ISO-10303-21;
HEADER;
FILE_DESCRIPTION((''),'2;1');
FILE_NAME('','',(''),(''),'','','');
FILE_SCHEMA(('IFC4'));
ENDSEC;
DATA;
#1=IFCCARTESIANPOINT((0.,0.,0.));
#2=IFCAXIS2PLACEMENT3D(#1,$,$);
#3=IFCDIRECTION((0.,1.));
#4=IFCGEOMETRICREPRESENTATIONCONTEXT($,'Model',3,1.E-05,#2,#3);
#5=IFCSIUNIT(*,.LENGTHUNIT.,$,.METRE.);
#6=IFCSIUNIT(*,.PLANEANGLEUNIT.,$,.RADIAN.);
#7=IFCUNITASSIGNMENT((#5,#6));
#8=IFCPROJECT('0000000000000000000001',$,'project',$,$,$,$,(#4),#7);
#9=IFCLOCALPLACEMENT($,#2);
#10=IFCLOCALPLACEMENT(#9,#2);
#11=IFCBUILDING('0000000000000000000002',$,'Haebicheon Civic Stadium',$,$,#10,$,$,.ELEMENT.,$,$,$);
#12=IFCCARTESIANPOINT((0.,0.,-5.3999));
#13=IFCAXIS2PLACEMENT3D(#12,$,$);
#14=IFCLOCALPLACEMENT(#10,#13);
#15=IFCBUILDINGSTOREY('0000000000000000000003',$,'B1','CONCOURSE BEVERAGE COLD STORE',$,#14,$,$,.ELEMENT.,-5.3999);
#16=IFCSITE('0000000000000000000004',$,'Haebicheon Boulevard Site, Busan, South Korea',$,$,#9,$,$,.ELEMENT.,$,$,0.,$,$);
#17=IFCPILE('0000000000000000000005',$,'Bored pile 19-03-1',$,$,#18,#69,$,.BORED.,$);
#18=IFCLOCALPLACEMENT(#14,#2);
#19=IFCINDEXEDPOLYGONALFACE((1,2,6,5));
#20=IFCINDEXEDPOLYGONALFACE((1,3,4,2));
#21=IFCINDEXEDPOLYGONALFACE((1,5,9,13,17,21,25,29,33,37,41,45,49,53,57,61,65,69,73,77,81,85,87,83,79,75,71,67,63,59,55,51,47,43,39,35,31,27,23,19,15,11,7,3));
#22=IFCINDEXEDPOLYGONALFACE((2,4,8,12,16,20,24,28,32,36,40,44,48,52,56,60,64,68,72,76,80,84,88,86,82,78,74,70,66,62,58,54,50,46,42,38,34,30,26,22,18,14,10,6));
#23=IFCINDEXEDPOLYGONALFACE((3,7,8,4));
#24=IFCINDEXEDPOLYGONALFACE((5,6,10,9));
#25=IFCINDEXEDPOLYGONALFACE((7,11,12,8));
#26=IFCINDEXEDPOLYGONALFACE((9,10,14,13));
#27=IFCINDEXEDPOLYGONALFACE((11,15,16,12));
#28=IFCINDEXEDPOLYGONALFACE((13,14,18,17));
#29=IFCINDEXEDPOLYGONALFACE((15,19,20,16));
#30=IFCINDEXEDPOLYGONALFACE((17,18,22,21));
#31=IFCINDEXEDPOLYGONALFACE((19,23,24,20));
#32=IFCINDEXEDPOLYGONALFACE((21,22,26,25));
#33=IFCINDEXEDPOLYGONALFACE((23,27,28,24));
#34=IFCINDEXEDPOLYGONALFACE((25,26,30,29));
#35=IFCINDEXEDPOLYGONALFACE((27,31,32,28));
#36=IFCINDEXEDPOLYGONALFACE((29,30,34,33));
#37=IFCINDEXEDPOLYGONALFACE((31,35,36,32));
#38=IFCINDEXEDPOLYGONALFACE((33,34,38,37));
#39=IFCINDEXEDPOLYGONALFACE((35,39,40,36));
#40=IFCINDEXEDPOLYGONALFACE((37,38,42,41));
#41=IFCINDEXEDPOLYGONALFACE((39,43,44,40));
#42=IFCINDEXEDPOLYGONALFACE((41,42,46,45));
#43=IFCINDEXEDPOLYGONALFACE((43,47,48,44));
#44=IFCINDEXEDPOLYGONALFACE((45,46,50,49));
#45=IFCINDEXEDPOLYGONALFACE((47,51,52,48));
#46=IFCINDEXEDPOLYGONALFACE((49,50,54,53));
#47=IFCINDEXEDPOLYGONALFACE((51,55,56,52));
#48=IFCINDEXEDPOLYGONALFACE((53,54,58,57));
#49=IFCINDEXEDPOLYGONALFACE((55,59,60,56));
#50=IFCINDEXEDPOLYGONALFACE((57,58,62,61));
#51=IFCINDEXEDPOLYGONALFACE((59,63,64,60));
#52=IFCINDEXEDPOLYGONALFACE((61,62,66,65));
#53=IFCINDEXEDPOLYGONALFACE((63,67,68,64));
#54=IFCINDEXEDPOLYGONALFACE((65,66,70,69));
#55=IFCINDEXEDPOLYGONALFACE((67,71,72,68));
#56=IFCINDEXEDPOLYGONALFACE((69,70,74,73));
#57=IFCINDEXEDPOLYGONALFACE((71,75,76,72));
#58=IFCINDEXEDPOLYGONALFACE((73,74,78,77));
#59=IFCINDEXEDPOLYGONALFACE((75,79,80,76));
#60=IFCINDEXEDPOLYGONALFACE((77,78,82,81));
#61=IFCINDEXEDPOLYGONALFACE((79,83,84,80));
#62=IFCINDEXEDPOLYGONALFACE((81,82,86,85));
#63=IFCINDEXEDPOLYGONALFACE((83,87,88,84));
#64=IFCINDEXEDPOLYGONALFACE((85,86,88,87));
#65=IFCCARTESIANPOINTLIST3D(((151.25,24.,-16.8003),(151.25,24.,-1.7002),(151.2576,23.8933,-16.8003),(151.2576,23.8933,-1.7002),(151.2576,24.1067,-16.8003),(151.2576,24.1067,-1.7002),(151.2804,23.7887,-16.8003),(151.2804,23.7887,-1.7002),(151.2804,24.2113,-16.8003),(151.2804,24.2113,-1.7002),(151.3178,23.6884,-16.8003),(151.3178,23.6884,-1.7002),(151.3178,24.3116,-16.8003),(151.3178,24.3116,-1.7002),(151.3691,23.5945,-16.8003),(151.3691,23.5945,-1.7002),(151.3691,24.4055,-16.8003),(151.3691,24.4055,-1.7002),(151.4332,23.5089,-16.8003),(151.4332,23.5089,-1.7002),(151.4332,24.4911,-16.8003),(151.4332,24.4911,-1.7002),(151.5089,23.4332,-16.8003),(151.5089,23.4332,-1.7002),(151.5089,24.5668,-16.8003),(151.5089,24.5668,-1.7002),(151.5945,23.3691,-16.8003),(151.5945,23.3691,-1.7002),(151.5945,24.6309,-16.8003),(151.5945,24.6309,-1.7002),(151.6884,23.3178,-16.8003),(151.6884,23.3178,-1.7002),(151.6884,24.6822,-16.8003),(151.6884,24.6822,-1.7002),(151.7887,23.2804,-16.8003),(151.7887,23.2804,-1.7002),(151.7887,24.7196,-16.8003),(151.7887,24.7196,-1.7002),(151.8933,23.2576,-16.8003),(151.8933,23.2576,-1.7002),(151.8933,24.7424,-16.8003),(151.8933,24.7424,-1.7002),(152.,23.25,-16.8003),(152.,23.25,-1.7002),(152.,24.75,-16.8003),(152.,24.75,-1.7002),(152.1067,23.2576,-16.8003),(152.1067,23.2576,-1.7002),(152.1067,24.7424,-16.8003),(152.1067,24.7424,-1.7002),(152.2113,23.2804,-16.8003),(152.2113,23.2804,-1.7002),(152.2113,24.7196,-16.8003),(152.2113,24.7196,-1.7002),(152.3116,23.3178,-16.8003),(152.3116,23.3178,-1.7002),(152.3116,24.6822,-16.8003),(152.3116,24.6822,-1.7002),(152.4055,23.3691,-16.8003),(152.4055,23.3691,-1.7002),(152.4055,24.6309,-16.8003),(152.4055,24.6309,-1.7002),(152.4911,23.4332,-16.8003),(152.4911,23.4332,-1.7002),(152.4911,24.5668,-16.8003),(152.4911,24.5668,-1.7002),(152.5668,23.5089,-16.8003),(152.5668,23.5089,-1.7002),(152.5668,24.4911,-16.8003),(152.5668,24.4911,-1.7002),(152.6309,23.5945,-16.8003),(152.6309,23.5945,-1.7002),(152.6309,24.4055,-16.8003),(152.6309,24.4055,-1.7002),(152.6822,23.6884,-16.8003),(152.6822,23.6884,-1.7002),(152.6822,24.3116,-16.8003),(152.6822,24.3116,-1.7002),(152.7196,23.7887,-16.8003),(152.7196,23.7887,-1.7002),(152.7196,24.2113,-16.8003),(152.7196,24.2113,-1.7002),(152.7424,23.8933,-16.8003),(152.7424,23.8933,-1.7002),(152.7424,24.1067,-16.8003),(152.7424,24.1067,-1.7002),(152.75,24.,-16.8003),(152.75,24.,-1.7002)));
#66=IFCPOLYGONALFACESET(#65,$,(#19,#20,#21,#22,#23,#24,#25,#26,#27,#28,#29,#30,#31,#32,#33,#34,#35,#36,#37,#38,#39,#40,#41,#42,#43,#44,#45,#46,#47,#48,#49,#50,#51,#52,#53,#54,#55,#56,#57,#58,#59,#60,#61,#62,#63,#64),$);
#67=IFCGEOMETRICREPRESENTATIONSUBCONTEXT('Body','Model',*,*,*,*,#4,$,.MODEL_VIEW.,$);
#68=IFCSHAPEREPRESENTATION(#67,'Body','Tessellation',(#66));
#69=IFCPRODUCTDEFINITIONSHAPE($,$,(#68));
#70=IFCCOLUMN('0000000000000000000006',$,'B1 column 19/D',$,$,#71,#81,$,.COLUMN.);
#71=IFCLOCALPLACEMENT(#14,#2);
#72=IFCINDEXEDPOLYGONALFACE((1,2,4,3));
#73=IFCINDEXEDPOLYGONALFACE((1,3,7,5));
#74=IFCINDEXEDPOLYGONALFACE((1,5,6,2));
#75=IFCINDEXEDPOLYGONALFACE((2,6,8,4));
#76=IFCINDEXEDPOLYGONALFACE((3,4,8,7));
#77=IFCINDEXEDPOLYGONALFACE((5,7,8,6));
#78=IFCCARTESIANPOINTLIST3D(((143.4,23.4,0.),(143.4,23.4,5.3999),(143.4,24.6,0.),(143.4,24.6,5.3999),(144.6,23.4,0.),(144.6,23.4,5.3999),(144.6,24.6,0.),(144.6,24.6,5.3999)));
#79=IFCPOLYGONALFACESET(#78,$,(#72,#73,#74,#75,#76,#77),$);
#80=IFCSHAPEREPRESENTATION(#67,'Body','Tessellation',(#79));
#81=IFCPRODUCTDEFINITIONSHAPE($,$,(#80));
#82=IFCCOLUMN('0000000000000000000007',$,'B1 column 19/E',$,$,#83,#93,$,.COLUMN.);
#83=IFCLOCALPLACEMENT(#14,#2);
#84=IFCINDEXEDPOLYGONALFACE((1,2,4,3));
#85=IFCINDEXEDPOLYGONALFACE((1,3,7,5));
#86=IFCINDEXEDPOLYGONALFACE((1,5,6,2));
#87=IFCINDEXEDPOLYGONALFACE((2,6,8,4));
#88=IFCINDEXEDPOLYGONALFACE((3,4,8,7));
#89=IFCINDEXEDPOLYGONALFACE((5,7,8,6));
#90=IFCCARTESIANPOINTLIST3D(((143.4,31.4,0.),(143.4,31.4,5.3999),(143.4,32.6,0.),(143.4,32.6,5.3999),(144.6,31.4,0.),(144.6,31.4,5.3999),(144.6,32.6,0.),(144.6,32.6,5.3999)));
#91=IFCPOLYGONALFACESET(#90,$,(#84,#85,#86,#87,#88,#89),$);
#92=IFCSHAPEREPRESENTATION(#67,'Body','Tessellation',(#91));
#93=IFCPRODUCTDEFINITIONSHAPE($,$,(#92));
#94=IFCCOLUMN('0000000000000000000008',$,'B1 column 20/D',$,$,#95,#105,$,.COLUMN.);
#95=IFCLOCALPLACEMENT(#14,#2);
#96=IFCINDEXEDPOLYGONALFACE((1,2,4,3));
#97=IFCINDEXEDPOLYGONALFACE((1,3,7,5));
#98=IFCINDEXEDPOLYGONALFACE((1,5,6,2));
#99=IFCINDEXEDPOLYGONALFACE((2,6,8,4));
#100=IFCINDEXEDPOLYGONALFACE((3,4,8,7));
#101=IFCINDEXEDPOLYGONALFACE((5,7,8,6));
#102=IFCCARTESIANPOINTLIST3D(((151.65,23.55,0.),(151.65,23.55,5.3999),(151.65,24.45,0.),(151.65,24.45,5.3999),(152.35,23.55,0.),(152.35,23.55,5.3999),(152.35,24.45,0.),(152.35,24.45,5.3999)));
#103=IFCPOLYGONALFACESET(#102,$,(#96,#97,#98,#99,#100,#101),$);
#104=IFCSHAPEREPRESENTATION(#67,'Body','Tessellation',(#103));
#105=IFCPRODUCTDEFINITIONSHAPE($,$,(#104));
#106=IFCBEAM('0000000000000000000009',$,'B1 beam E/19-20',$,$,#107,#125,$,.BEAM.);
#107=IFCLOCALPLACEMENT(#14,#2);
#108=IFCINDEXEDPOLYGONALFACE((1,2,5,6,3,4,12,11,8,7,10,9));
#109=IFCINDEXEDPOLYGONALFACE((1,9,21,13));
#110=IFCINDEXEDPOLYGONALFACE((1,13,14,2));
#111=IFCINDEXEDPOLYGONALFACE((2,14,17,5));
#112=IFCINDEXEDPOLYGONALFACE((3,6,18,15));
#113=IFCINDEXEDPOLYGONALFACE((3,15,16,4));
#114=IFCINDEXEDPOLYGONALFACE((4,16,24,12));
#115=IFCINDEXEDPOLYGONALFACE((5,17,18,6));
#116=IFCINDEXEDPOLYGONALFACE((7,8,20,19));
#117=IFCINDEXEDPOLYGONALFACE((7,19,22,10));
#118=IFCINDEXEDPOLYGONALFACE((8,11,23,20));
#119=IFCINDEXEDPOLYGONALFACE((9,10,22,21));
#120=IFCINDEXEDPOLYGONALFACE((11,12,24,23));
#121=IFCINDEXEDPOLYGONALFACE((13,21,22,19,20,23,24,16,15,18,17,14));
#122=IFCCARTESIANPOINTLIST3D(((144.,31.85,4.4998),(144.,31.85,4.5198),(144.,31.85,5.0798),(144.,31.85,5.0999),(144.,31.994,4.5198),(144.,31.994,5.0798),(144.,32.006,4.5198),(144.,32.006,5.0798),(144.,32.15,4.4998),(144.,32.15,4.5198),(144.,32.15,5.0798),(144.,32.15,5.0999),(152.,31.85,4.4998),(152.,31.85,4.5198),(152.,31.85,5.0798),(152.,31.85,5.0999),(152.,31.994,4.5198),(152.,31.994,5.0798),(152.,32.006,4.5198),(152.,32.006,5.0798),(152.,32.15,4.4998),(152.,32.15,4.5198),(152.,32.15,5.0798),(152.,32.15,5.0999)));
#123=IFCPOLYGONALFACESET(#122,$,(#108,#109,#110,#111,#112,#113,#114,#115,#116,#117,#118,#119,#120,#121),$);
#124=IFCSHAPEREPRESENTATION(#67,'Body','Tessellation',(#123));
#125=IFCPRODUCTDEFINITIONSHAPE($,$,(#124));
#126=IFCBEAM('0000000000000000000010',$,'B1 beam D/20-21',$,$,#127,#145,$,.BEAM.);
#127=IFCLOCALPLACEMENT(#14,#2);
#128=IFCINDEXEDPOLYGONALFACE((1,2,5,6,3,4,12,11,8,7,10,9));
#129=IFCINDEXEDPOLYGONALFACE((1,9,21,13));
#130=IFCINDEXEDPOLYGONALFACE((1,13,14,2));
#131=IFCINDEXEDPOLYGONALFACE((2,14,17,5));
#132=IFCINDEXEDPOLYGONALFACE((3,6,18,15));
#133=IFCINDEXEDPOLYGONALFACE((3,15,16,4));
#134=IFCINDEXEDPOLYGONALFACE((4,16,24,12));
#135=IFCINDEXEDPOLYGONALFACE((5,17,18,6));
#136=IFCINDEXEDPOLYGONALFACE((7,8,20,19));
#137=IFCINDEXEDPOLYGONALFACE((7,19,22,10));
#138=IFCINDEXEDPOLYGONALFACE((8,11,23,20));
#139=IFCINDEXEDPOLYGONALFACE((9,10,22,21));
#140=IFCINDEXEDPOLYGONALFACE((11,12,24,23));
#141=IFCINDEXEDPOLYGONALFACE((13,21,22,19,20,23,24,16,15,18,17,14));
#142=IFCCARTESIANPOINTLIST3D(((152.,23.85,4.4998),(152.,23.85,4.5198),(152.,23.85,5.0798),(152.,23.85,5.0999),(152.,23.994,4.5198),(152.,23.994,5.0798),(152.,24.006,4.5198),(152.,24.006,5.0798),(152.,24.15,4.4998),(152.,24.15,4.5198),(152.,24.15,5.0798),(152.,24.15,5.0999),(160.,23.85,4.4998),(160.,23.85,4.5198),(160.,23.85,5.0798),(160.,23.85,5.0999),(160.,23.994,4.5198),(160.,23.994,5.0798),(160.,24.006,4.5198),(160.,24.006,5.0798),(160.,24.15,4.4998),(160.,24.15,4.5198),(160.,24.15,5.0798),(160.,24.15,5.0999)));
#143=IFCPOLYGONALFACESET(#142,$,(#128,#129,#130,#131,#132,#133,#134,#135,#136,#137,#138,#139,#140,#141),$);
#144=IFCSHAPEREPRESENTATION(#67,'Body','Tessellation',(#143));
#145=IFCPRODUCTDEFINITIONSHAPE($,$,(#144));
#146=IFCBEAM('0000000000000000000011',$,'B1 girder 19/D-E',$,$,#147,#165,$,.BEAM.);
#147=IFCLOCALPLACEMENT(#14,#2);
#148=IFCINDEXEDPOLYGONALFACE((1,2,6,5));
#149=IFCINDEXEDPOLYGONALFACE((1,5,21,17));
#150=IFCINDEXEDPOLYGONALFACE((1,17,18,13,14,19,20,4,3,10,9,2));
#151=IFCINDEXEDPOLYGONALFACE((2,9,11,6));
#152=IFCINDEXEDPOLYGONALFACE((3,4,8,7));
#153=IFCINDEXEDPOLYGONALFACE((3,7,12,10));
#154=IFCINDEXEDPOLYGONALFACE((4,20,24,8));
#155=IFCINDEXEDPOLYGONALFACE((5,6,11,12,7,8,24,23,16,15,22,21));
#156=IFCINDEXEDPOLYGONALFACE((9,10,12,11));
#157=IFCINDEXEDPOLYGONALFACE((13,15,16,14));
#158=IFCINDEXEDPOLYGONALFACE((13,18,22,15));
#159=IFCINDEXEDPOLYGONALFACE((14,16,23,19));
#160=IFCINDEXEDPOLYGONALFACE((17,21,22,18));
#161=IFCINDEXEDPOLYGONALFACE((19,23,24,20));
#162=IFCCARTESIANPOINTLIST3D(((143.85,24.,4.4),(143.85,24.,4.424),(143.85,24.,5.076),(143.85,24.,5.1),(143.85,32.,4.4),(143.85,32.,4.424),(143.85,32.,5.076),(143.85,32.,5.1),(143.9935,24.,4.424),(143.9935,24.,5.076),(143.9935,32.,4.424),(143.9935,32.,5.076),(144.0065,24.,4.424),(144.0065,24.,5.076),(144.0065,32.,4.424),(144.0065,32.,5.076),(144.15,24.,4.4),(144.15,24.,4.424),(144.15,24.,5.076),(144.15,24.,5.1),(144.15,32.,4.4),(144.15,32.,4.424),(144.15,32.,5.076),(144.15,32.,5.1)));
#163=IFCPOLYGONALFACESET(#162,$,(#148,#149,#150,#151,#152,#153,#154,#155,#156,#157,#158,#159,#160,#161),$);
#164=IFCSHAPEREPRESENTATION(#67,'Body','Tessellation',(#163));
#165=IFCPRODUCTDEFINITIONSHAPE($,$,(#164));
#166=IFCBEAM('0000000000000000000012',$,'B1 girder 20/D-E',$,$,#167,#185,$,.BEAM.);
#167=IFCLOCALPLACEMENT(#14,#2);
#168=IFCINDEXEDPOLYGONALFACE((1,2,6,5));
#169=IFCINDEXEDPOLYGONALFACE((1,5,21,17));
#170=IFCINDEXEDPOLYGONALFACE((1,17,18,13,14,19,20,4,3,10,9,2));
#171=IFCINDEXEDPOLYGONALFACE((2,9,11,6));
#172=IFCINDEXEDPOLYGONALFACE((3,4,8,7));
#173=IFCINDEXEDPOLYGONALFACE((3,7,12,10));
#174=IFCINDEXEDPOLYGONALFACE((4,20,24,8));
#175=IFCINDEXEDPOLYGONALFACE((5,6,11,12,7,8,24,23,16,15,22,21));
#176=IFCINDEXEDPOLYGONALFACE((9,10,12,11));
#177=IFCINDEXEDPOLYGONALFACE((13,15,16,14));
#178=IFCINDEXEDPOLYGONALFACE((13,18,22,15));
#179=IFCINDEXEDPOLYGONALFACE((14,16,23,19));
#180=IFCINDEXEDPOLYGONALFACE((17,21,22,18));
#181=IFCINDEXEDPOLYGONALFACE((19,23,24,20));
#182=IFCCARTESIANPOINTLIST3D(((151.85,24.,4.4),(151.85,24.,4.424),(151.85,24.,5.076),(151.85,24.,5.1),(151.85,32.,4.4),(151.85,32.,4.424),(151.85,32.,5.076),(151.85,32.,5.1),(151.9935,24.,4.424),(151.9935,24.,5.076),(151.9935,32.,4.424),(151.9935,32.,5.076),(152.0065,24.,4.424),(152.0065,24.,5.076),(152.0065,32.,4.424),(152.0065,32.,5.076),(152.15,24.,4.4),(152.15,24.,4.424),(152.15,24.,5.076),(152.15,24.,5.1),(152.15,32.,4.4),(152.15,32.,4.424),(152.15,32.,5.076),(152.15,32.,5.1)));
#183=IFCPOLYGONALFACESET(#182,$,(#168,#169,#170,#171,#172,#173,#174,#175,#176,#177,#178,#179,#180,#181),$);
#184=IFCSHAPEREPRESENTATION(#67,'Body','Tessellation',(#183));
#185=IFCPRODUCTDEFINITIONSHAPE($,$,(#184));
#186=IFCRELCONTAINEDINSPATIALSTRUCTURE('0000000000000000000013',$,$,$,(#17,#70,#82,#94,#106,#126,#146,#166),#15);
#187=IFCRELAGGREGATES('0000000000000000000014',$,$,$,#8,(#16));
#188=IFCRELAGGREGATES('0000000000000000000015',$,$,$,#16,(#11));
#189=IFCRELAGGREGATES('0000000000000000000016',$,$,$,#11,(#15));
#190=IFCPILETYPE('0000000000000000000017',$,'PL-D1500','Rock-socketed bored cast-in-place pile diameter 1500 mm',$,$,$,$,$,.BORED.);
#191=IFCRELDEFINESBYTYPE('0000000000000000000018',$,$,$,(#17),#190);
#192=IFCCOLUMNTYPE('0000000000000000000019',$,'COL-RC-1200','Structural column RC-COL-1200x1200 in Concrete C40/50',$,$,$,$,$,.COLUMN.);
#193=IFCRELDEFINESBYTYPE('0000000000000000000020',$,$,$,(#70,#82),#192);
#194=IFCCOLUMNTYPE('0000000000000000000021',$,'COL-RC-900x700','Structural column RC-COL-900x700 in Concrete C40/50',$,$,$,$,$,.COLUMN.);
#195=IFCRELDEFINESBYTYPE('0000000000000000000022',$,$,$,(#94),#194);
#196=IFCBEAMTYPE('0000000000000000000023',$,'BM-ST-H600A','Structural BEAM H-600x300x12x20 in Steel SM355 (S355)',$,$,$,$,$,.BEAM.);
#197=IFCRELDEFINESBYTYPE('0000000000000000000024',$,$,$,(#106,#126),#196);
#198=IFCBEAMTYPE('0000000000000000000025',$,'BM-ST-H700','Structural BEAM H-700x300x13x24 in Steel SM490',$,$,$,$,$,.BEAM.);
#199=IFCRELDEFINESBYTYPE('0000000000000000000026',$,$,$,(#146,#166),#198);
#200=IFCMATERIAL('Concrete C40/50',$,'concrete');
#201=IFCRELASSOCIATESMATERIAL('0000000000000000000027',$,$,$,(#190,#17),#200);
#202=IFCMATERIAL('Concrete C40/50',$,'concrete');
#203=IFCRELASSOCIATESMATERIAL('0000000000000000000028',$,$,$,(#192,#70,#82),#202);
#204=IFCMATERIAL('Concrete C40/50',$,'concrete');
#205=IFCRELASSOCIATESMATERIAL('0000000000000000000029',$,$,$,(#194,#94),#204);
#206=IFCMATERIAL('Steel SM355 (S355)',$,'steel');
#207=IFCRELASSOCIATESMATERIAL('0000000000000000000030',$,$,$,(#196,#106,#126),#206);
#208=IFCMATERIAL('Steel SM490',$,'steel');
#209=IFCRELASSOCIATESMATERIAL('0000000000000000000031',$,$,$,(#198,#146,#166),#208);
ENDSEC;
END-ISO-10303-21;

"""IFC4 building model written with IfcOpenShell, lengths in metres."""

from ifc_helpers import new_model, si_unit, direction, frame, origin, origin_2d, place, context, subcontext, project, spatial, rectangle, circle, i_section, extrude, material, material_profile, profile_set, type_object, element, save


model = new_model("IFC4")

# Units and contexts
model_context = context("Model", 3, precision=1e-05, world=origin(), true_north=direction((0.0, 1.0)))
body_context = subcontext(model_context, "Body", "Model", "MODEL_VIEW")
ifc_project = project(units=[si_unit("LENGTHUNIT", "METRE"), si_unit("PLANEANGLEUNIT", "RADIAN")], contexts=[model_context])

# Site, building, storey
site_placement = place(None, origin())
site = spatial("IfcSite", under=ifc_project, at=site_placement, Name="Haebicheon Boulevard Site, Busan, South Korea", CompositionType="ELEMENT", RefElevation=0.0)
building_placement = place(site_placement, origin())
building = spatial("IfcBuilding", under=site, at=building_placement, Name="Haebicheon Civic Stadium", CompositionType="ELEMENT")
storey_placement = place(building_placement, frame((0.0, 0.0, -5.3999)))
storey = spatial("IfcBuildingStorey", under=building, at=storey_placement, Name="B1", Description="CONCOURSE BEVERAGE COLD STORE", CompositionType="ELEMENT", Elevation=-5.3999)

# Pile
ifc_material_1 = material(Name="Concrete C40/50", Category="concrete")
ifc_material_profile_1 = material_profile(ifc_material_1, circle(Radius=0.75, at=origin_2d()), Name="PILE-D1500")
ifc_profile_set_1 = profile_set([ifc_material_profile_1], Name="Concrete C40/50")
pile_type_1 = type_object("IfcPileType", Name="PL-D1500", Description="Rock-socketed bored cast-in-place pile diameter 1500 mm", PredefinedType="BORED", material=ifc_profile_set_1)
pile_1_placement = place(storey_placement, frame((152.0, 24.0, -1.7002), z_axis=(0.0, 0.0, -1.0), x_axis=(1.0, 0.0, 0.0)))
element("IfcPile", 1, at=pile_1_placement, inside=storey, type_object=pile_type_1, material=ifc_profile_set_1, Name="Bored pile 19-03-1", PredefinedType="BORED", context=body_context, shape_type="SweptSolid", body=[
    extrude(circle(Radius=0.75, at=origin_2d()), origin(), (0.0, 0.0, 1.0), 15.1001),
])

# Columns
ifc_material_2 = material(Name="Concrete C40/50", Category="concrete")
ifc_material_profile_2 = material_profile(ifc_material_2, rectangle(XDim=1.2, YDim=1.2, at=origin_2d()), Name="RC-COL-1200x1200")
ifc_profile_set_2 = profile_set([ifc_material_profile_2], Name="Concrete C40/50")
column_type_1 = type_object("IfcColumnType", Name="COL-RC-1200", Description="Structural column RC-COL-1200x1200 in Concrete C40/50", PredefinedType="COLUMN", material=ifc_profile_set_2)
for number, where, z_axis, x_axis, name in (
    (2, (144.0, 24.0, 0.0), (0.0, 0.0, 1.0), (1.0, 0.0, 0.0), "B1 column 19/D"),
    (3, (144.0, 32.0, 0.0), (0.0, 0.0, 1.0), (1.0, 0.0, 0.0), "B1 column 19/E"),
):
    element("IfcColumn", number, at=place(storey_placement, frame(where, z_axis=z_axis, x_axis=x_axis)), inside=storey, type_object=column_type_1, material=ifc_profile_set_2, Name=name, PredefinedType="COLUMN", context=body_context, shape_type="SweptSolid", body=[
        extrude(rectangle(XDim=1.2, YDim=1.2, at=origin_2d()), origin(), (0.0, 0.0, 1.0), 5.3999),
    ])
ifc_material_3 = material(Name="Concrete C40/50", Category="concrete")
ifc_material_profile_3 = material_profile(ifc_material_3, rectangle(XDim=0.7, YDim=0.8999, at=origin_2d()), Name="RC-COL-900x700")
ifc_profile_set_3 = profile_set([ifc_material_profile_3], Name="Concrete C40/50")
column_type_2 = type_object("IfcColumnType", Name="COL-RC-900x700", Description="Structural column RC-COL-900x700 in Concrete C40/50", PredefinedType="COLUMN", material=ifc_profile_set_3)
column_placement = place(storey_placement, frame((152.0, 24.0, 0.0), z_axis=(0.0, 0.0, 1.0), x_axis=(1.0, 0.0, 0.0)))
element("IfcColumn", 4, at=column_placement, inside=storey, type_object=column_type_2, material=ifc_profile_set_3, Name="B1 column 20/D", PredefinedType="COLUMN", context=body_context, shape_type="SweptSolid", body=[
    extrude(rectangle(XDim=0.7, YDim=0.8999, at=origin_2d()), origin(), (0.0, 0.0, 1.0), 5.3999),
])

# Beams
ifc_material_4 = material(Name="Steel SM355 (S355)", Category="steel")
ifc_material_profile_4 = material_profile(ifc_material_4, i_section(OverallWidth=0.3, OverallDepth=0.6001, WebThickness=0.012, FlangeThickness=0.02, at=origin_2d()), Name="H-600x300x12x20")
ifc_profile_set_4 = profile_set([ifc_material_profile_4], Name="Steel SM355 (S355)")
beam_type_1 = type_object("IfcBeamType", Name="BM-ST-H600A", Description="Structural BEAM H-600x300x12x20 in Steel SM355 (S355)", PredefinedType="BEAM", material=ifc_profile_set_4)
for number, where, z_axis, x_axis, name in (
    (5, (144.0, 32.0, 4.7998), (1.0, 0.0, 0.0), (0.0, 1.0, 0.0), "B1 beam E/19-20"),
    (6, (152.0, 24.0, 4.7998), (1.0, 0.0, 0.0), (0.0, 1.0, 0.0), "B1 beam D/20-21"),
):
    element("IfcBeam", number, at=place(storey_placement, frame(where, z_axis=z_axis, x_axis=x_axis)), inside=storey, type_object=beam_type_1, material=ifc_profile_set_4, Name=name, PredefinedType="BEAM", context=body_context, shape_type="SweptSolid", body=[
        extrude(i_section(OverallWidth=0.3, OverallDepth=0.6001, WebThickness=0.012, FlangeThickness=0.02, at=origin_2d()), origin(), (0.0, 0.0, 1.0), 8.0),
    ])
ifc_material_5 = material(Name="Steel SM490", Category="steel")
ifc_material_profile_5 = material_profile(ifc_material_5, i_section(OverallWidth=0.3, OverallDepth=0.7, WebThickness=0.0129, FlangeThickness=0.0239, at=origin_2d()), Name="H-700x300x13x24")
ifc_profile_set_5 = profile_set([ifc_material_profile_5], Name="Steel SM490")
beam_type_2 = type_object("IfcBeamType", Name="BM-ST-H700", Description="Structural BEAM H-700x300x13x24 in Steel SM490", PredefinedType="BEAM", material=ifc_profile_set_5)
for number, where, z_axis, x_axis, name in (
    (7, (144.0, 24.0, 4.75), (0.0, 1.0, 0.0), (-1.0, 0.0, 0.0), "B1 girder 19/D-E"),
    (8, (152.0, 24.0, 4.75), (0.0, 1.0, 0.0), (-1.0, 0.0, 0.0), "B1 girder 20/D-E"),
):
    element("IfcBeam", number, at=place(storey_placement, frame(where, z_axis=z_axis, x_axis=x_axis)), inside=storey, type_object=beam_type_2, material=ifc_profile_set_5, Name=name, PredefinedType="BEAM", context=body_context, shape_type="SweptSolid", body=[
        extrude(i_section(OverallWidth=0.3, OverallDepth=0.7, WebThickness=0.0129, FlangeThickness=0.0239, at=origin_2d()), origin(), (0.0, 0.0, 1.0), 8.0),
    ])

save(model, "model.ifc")
